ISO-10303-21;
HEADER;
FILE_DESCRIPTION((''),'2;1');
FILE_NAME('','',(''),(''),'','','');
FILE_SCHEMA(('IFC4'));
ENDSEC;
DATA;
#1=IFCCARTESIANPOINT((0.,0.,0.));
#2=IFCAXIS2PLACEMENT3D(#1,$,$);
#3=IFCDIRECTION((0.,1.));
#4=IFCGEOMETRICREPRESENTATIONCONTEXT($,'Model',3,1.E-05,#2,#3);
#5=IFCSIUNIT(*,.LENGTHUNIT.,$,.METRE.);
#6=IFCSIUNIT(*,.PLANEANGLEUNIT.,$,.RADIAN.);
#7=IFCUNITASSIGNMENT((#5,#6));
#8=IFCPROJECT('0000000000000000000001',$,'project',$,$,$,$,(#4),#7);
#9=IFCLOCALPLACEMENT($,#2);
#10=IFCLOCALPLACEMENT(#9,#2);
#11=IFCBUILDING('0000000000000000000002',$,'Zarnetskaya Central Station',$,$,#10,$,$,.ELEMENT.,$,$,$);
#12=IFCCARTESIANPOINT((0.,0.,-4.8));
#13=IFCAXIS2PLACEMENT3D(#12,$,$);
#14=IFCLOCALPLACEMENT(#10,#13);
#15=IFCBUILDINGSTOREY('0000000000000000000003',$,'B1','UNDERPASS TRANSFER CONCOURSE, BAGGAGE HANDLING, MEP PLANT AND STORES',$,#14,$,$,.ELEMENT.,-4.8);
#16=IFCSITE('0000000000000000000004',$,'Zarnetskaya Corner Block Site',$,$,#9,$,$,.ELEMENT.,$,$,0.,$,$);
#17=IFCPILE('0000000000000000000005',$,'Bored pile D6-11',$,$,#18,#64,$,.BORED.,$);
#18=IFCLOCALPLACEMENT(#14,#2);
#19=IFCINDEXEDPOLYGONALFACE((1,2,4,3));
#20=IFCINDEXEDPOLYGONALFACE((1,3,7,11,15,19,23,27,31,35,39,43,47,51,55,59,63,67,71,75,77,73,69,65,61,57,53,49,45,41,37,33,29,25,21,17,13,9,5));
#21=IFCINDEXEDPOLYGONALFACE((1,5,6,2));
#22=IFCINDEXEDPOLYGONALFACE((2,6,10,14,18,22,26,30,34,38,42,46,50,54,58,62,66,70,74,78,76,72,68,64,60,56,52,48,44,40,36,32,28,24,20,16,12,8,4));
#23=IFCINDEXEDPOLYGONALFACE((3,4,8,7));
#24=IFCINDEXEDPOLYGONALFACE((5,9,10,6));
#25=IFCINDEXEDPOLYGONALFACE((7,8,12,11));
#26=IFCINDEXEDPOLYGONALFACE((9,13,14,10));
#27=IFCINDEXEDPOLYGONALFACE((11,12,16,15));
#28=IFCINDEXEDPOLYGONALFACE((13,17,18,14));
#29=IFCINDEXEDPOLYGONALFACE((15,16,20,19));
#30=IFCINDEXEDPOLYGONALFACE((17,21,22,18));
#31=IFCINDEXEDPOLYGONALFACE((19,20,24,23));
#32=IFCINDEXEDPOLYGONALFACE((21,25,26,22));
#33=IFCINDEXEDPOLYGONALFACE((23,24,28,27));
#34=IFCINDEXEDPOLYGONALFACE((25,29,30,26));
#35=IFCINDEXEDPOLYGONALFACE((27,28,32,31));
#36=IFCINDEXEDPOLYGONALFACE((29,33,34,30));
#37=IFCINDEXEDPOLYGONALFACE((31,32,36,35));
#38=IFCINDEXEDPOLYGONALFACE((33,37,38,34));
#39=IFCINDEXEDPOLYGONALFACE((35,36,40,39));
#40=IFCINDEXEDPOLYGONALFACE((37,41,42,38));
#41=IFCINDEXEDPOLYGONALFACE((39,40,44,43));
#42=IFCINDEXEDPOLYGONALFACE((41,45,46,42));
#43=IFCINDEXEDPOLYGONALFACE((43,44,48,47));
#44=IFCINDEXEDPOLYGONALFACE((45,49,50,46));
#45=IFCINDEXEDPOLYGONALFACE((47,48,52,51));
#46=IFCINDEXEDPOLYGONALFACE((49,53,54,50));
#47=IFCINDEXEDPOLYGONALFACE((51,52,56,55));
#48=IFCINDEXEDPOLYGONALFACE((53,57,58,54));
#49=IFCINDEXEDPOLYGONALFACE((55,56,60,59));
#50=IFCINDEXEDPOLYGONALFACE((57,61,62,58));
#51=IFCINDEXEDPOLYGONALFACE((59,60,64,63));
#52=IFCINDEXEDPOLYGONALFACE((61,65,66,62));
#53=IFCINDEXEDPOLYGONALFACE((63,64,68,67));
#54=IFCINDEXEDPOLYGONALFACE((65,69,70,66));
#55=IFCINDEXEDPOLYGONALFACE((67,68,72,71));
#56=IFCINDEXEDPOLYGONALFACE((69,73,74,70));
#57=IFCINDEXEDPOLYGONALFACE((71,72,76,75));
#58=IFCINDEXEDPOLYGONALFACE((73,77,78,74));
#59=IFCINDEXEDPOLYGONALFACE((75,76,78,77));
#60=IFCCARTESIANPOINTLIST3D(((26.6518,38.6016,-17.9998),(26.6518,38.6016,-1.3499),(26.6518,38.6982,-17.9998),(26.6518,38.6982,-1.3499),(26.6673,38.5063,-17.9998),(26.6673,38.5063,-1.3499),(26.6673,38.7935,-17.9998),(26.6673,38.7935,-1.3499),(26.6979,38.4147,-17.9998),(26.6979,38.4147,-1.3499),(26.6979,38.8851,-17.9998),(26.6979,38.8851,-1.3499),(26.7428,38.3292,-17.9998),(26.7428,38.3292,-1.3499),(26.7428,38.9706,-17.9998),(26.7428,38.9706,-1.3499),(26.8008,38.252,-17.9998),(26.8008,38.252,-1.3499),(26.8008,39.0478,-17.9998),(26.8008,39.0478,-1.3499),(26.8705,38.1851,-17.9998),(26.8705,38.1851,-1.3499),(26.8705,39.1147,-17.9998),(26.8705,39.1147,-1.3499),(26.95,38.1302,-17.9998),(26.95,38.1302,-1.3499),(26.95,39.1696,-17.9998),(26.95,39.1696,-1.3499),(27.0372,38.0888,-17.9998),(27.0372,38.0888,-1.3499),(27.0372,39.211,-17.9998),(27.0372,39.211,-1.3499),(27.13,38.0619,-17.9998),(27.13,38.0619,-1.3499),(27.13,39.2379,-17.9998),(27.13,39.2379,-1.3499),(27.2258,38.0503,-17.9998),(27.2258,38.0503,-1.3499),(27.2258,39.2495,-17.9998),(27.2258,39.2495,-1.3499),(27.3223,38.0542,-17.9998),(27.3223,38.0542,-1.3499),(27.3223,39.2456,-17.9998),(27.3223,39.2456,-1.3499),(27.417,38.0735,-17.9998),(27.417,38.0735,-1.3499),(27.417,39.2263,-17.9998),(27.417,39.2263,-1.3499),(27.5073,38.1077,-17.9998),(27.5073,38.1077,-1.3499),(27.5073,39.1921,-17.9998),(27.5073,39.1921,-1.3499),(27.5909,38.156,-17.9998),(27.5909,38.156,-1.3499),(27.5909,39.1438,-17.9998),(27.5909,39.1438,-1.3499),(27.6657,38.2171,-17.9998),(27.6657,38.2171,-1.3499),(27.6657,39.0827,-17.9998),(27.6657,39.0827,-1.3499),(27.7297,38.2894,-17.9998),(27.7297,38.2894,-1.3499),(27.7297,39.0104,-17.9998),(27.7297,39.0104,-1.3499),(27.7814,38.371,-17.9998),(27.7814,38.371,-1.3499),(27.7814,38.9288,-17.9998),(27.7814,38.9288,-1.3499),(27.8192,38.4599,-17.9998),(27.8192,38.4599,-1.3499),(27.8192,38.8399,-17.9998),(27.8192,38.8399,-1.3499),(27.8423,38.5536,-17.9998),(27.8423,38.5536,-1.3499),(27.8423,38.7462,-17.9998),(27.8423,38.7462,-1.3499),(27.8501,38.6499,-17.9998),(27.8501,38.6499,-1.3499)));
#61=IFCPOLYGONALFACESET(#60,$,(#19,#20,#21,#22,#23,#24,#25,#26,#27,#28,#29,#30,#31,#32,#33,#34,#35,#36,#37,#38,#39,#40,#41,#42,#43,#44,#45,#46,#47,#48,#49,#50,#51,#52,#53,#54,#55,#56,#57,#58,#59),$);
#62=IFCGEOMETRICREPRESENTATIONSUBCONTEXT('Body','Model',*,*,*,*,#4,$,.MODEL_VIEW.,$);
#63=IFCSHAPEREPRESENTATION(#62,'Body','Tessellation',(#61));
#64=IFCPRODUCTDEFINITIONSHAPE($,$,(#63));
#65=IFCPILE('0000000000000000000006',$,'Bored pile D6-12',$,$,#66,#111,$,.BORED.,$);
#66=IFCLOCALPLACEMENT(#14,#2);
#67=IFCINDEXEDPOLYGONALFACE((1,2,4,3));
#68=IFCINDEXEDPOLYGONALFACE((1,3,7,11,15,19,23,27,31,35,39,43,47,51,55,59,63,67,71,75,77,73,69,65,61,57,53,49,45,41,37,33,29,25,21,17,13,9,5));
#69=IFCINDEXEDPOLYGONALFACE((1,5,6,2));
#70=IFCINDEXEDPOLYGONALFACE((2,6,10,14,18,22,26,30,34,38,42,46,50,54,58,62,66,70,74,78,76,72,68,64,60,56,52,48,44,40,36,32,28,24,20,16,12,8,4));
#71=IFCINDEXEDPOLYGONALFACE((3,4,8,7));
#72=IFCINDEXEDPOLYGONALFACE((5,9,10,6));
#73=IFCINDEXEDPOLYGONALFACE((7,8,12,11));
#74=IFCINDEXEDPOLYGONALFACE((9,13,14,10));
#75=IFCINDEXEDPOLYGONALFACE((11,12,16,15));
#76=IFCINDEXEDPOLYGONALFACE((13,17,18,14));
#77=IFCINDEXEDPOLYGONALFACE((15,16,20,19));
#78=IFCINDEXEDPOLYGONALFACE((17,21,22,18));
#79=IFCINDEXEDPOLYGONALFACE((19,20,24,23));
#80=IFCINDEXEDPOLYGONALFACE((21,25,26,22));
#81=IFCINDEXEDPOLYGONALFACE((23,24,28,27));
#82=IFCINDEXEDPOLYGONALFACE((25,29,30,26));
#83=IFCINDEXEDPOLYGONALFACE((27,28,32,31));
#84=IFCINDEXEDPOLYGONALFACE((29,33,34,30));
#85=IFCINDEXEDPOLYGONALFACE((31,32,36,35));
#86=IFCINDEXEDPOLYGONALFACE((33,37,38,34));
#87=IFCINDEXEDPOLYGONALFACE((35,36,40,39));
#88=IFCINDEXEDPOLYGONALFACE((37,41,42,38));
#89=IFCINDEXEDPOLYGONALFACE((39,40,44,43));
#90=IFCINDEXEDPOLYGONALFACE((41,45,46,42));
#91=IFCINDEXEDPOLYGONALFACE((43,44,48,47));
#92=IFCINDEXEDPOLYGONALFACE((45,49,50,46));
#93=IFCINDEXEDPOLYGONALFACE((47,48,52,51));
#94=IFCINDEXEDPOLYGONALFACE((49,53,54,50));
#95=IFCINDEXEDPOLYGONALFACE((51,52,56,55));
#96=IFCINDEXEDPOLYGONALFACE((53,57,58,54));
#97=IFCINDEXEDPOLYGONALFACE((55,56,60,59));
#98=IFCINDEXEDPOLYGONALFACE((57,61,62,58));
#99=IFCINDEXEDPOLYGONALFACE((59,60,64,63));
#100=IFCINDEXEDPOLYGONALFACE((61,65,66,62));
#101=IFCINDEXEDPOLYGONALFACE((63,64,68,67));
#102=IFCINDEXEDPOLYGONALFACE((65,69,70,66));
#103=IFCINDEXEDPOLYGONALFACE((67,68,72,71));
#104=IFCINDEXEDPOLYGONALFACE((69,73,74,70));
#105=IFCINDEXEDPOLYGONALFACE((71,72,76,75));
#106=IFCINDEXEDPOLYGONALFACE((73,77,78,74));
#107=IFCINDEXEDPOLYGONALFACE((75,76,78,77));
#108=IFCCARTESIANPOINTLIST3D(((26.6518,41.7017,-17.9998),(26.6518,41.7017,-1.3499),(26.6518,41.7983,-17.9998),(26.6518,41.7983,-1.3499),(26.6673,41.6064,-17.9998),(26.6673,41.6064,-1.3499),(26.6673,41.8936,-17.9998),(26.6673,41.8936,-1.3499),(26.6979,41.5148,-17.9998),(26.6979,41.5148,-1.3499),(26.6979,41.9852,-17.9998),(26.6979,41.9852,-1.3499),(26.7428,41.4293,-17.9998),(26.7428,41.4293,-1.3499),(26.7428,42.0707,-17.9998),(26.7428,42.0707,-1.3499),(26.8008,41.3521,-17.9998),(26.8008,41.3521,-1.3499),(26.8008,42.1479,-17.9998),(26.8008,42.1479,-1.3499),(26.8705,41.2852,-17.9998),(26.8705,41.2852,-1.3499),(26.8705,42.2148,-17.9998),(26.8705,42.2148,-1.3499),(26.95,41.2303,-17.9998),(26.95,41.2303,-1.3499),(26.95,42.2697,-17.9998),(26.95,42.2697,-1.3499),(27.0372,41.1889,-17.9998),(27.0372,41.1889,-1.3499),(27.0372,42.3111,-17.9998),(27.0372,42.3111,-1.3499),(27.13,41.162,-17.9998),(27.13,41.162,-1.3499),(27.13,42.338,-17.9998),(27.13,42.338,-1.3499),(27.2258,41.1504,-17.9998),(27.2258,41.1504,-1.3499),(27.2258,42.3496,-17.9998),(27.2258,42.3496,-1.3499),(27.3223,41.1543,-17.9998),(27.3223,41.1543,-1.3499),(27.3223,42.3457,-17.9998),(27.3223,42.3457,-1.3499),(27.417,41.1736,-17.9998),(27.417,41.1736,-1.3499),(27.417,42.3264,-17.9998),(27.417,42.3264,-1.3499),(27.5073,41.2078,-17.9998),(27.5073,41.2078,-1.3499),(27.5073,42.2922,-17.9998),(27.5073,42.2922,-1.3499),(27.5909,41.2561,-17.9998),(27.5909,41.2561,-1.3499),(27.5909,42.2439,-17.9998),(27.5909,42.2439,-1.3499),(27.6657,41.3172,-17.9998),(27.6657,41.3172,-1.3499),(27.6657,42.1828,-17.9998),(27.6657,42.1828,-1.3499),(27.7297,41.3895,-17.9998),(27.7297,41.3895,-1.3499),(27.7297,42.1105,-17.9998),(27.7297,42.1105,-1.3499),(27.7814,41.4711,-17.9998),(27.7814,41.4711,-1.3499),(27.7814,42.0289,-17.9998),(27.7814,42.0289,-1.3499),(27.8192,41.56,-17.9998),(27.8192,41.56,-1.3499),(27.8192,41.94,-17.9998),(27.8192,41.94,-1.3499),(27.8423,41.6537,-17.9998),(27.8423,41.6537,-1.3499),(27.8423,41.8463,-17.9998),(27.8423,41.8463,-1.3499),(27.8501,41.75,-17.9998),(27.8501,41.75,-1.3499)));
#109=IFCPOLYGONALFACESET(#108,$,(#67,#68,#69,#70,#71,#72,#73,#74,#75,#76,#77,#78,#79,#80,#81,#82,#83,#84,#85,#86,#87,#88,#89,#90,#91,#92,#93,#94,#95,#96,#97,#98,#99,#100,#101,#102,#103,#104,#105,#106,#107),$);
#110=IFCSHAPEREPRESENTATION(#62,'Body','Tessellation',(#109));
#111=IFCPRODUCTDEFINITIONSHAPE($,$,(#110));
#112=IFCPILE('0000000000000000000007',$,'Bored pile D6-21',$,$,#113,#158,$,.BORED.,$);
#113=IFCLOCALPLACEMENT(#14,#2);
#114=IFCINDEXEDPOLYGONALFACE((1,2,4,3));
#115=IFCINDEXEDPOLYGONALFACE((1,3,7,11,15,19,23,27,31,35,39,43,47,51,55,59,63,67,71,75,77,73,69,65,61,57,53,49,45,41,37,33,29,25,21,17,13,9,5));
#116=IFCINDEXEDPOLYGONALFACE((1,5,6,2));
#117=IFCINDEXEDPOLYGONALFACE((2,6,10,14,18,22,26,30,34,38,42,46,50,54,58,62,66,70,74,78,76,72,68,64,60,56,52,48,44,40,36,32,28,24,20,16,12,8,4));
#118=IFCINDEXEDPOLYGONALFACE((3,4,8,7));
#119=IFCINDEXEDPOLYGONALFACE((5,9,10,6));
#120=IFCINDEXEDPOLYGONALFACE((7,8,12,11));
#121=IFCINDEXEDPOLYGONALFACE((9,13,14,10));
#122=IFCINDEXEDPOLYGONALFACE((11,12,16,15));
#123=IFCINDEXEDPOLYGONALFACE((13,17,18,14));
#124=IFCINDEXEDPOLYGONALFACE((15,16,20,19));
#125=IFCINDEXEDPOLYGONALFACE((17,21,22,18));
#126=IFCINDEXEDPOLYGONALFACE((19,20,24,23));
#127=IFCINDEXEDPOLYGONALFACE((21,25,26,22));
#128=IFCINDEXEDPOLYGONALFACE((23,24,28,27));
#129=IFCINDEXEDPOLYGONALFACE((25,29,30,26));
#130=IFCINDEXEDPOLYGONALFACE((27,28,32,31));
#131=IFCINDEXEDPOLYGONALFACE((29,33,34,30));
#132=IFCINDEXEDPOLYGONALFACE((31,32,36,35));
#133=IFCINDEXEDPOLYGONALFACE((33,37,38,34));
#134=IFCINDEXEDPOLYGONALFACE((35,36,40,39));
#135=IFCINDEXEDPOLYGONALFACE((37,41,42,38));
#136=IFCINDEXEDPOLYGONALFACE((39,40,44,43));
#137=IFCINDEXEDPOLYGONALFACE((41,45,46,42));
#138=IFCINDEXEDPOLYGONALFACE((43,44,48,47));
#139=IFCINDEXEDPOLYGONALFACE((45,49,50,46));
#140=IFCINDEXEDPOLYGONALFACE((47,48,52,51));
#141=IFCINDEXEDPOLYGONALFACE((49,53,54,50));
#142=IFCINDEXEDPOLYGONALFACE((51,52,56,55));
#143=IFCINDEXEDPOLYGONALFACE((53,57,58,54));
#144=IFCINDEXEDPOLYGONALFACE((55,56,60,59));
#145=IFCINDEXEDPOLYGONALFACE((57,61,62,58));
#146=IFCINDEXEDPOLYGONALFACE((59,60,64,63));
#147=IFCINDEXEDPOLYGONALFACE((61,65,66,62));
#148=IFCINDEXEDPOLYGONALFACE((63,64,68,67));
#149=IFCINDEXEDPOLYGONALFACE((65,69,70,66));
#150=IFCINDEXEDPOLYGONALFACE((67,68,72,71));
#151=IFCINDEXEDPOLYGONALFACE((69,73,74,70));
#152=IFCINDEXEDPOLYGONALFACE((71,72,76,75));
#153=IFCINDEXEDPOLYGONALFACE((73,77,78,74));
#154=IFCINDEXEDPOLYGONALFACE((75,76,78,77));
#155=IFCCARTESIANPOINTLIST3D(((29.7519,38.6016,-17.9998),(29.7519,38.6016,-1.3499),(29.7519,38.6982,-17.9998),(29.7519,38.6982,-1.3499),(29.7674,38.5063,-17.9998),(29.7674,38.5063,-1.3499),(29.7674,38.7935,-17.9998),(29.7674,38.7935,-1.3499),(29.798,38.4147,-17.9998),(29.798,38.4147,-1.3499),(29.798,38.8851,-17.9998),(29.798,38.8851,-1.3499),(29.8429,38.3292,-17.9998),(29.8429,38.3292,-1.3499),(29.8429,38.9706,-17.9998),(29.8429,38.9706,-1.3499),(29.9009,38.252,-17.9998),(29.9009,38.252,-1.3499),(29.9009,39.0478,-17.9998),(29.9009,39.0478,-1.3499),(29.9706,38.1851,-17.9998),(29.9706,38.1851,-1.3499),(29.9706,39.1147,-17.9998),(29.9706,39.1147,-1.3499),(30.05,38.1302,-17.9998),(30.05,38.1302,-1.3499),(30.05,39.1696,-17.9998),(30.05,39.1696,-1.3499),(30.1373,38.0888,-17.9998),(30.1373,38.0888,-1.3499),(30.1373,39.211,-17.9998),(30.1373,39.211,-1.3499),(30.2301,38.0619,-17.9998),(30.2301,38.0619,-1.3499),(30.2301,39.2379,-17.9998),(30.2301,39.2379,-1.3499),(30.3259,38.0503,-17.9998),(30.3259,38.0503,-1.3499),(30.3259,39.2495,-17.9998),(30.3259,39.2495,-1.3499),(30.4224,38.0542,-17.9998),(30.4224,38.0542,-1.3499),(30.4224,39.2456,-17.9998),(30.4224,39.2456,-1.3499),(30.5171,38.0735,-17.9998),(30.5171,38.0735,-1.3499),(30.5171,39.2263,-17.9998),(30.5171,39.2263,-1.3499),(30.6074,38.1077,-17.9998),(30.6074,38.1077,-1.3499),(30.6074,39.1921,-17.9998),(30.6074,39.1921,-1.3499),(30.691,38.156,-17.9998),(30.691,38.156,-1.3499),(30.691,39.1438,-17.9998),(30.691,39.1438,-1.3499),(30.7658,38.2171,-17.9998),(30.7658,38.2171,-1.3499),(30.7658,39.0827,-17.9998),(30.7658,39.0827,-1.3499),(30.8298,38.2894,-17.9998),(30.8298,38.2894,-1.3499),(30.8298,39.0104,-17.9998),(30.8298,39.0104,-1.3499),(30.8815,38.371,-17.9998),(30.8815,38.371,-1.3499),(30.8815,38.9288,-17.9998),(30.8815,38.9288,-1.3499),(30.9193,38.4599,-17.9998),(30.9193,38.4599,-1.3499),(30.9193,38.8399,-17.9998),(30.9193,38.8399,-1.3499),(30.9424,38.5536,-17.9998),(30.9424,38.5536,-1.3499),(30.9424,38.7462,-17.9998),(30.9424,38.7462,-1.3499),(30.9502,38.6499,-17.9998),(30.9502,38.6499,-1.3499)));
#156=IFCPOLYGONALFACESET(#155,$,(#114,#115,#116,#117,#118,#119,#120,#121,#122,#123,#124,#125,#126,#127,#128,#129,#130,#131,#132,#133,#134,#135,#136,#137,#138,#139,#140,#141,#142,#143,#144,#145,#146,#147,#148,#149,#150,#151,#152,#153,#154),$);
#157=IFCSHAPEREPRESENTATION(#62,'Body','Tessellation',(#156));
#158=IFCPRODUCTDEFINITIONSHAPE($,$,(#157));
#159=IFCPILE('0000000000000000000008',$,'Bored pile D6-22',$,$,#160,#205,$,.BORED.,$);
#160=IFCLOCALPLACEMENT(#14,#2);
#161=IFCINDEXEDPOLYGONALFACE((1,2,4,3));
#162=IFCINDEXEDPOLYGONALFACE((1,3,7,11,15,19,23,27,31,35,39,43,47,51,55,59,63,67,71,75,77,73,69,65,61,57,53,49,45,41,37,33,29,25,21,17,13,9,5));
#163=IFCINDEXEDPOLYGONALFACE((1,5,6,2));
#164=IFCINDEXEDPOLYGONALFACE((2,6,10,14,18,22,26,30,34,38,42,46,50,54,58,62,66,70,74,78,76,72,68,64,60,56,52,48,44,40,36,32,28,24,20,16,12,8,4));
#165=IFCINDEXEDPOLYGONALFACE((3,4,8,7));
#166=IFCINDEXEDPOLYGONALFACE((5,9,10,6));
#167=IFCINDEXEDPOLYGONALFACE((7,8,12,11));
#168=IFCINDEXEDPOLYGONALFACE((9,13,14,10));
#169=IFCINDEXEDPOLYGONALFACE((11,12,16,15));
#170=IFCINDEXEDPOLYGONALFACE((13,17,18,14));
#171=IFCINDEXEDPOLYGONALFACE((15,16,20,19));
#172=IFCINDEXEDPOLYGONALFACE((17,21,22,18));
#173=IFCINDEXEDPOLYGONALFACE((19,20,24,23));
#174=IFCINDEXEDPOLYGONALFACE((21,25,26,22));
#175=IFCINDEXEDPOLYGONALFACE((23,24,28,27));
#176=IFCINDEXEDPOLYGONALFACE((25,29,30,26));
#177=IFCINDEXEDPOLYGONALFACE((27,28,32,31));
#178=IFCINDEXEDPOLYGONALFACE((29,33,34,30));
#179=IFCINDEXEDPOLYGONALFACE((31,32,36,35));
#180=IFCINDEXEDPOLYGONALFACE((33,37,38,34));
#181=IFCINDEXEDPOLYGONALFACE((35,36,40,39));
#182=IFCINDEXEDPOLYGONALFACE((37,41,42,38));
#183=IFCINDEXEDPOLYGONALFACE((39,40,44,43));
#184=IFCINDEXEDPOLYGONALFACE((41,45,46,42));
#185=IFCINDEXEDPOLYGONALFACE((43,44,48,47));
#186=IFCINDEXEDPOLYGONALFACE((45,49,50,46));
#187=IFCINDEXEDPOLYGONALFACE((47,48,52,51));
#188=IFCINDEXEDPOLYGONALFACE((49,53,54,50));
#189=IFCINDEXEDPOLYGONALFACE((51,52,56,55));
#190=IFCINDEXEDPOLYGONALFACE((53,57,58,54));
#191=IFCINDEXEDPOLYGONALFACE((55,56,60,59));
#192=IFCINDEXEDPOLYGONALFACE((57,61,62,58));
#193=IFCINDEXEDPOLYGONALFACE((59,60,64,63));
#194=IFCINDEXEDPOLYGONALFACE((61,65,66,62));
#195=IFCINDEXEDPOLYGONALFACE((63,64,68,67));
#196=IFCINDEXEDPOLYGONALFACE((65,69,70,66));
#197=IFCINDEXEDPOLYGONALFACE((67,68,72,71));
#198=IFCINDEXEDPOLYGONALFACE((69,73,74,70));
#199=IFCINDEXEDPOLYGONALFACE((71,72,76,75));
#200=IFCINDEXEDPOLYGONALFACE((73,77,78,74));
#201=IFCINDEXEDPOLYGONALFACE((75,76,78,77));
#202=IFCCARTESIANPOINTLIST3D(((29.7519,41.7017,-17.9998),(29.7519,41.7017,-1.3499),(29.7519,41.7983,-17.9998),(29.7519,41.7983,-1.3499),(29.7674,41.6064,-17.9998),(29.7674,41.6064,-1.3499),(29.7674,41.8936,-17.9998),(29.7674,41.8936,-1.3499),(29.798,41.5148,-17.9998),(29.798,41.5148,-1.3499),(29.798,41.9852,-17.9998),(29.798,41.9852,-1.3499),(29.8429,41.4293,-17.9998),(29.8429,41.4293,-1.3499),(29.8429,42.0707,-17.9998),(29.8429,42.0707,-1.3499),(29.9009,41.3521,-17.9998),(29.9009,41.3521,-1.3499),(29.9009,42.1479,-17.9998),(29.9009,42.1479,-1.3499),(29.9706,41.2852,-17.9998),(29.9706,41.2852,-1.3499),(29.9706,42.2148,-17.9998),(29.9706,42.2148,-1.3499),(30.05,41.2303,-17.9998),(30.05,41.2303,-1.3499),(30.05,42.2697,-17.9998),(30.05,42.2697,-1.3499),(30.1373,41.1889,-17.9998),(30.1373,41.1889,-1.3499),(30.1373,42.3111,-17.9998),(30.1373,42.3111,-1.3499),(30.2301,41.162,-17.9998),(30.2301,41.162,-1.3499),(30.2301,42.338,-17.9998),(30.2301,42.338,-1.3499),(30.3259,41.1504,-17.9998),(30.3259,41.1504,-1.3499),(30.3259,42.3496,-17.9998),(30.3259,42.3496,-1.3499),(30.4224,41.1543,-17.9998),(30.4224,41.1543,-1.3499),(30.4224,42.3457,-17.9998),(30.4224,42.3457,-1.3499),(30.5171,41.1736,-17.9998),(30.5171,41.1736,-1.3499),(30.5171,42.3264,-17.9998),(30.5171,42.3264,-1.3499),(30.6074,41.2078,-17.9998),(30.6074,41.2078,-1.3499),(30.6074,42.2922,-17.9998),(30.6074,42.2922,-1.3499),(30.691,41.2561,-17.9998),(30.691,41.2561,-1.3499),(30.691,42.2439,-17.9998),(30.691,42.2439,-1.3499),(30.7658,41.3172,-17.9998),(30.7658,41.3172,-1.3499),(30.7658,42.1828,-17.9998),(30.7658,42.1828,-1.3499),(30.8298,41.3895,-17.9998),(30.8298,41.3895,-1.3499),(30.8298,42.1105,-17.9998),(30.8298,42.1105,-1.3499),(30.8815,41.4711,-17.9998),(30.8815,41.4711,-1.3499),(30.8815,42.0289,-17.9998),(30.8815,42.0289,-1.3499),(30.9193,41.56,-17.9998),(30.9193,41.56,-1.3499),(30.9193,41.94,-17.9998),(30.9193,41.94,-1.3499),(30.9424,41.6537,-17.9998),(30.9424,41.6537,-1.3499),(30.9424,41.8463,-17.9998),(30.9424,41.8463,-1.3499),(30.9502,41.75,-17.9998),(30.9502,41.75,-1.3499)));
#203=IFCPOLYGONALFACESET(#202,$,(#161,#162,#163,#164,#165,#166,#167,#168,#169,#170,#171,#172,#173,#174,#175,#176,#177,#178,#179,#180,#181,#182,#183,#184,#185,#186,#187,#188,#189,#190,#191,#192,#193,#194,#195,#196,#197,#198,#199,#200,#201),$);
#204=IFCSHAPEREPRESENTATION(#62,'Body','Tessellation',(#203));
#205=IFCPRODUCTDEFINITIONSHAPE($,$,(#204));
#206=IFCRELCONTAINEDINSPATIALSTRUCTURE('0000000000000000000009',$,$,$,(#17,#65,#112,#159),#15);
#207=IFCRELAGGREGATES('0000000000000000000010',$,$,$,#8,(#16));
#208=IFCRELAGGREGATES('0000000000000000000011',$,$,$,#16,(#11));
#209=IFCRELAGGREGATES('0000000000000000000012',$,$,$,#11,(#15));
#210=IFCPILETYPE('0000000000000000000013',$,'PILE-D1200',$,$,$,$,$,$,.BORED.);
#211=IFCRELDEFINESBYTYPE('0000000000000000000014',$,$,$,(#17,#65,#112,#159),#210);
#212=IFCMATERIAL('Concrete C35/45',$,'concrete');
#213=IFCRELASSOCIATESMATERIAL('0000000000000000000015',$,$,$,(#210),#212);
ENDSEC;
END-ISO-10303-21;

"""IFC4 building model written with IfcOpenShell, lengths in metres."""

from ifc_helpers import new_model, si_unit, direction, frame, origin, origin_2d, place, context, subcontext, project, spatial, circle, extrude, material, material_profile, profile_set, type_object, element, save


model = new_model("IFC4")

# Units and contexts
model_context = context("Model", 3, precision=1e-05, world=origin(), true_north=direction((0.0, 1.0)))
body_context = subcontext(model_context, "Body", "Model", "MODEL_VIEW")
ifc_project = project(units=[si_unit("LENGTHUNIT", "METRE"), si_unit("PLANEANGLEUNIT", "RADIAN")], contexts=[model_context])

# Site, building, storey
site_placement = place(None, origin())
site = spatial("IfcSite", under=ifc_project, at=site_placement, Name="Zarnetskaya Corner Block Site", CompositionType="ELEMENT", RefElevation=0.0)
building_placement = place(site_placement, origin())
building = spatial("IfcBuilding", under=site, at=building_placement, Name="Zarnetskaya Central Station", CompositionType="ELEMENT")
storey_placement = place(building_placement, frame((0.0, 0.0, -4.8)))
storey = spatial("IfcBuildingStorey", under=building, at=storey_placement, Name="B1", Description="UNDERPASS TRANSFER CONCOURSE, BAGGAGE HANDLING, MEP PLANT AND STORES", CompositionType="ELEMENT", Elevation=-4.8)

# Shared definitions
ifc_material = material(Name="Concrete C35/45", Category="concrete")

# Piles
ifc_material_profile_1 = material_profile(ifc_material, circle(Radius=0.6001, at=origin_2d()), Name="BORED PILE D1200")
ifc_profile_set_1 = profile_set([ifc_material_profile_1], Name="Concrete C35/45")
pile_type = type_object("IfcPileType", Name="PILE-D1200", PredefinedType="BORED", material=ifc_profile_set_1)
for number, where, z_axis, x_axis, name in (
    (1, (27.25, 38.6499, -1.3499), (0.0, 0.0, -1.0), (1.0, 0.0, 0.0), "Bored pile D6-11"),
    (2, (27.25, 41.75, -1.3499), (0.0, 0.0, -1.0), (1.0, 0.0, 0.0), "Bored pile D6-12"),
    (3, (30.3501, 38.6499, -1.3499), (0.0, 0.0, -1.0), (1.0, 0.0, 0.0), "Bored pile D6-21"),
    (4, (30.3501, 41.75, -1.3499), (0.0, 0.0, -1.0), (1.0, 0.0, 0.0), "Bored pile D6-22"),
):
    element("IfcPile", number, at=place(storey_placement, frame(where, z_axis=z_axis, x_axis=x_axis)), inside=storey, type_object=pile_type, Name=name, PredefinedType="BORED", context=body_context, shape_type="SweptSolid", body=[
        extrude(circle(Radius=0.6001, at=origin_2d()), origin(), (0.0, 0.0, 1.0), 16.6499),
    ])

save(model, "model.ifc")
